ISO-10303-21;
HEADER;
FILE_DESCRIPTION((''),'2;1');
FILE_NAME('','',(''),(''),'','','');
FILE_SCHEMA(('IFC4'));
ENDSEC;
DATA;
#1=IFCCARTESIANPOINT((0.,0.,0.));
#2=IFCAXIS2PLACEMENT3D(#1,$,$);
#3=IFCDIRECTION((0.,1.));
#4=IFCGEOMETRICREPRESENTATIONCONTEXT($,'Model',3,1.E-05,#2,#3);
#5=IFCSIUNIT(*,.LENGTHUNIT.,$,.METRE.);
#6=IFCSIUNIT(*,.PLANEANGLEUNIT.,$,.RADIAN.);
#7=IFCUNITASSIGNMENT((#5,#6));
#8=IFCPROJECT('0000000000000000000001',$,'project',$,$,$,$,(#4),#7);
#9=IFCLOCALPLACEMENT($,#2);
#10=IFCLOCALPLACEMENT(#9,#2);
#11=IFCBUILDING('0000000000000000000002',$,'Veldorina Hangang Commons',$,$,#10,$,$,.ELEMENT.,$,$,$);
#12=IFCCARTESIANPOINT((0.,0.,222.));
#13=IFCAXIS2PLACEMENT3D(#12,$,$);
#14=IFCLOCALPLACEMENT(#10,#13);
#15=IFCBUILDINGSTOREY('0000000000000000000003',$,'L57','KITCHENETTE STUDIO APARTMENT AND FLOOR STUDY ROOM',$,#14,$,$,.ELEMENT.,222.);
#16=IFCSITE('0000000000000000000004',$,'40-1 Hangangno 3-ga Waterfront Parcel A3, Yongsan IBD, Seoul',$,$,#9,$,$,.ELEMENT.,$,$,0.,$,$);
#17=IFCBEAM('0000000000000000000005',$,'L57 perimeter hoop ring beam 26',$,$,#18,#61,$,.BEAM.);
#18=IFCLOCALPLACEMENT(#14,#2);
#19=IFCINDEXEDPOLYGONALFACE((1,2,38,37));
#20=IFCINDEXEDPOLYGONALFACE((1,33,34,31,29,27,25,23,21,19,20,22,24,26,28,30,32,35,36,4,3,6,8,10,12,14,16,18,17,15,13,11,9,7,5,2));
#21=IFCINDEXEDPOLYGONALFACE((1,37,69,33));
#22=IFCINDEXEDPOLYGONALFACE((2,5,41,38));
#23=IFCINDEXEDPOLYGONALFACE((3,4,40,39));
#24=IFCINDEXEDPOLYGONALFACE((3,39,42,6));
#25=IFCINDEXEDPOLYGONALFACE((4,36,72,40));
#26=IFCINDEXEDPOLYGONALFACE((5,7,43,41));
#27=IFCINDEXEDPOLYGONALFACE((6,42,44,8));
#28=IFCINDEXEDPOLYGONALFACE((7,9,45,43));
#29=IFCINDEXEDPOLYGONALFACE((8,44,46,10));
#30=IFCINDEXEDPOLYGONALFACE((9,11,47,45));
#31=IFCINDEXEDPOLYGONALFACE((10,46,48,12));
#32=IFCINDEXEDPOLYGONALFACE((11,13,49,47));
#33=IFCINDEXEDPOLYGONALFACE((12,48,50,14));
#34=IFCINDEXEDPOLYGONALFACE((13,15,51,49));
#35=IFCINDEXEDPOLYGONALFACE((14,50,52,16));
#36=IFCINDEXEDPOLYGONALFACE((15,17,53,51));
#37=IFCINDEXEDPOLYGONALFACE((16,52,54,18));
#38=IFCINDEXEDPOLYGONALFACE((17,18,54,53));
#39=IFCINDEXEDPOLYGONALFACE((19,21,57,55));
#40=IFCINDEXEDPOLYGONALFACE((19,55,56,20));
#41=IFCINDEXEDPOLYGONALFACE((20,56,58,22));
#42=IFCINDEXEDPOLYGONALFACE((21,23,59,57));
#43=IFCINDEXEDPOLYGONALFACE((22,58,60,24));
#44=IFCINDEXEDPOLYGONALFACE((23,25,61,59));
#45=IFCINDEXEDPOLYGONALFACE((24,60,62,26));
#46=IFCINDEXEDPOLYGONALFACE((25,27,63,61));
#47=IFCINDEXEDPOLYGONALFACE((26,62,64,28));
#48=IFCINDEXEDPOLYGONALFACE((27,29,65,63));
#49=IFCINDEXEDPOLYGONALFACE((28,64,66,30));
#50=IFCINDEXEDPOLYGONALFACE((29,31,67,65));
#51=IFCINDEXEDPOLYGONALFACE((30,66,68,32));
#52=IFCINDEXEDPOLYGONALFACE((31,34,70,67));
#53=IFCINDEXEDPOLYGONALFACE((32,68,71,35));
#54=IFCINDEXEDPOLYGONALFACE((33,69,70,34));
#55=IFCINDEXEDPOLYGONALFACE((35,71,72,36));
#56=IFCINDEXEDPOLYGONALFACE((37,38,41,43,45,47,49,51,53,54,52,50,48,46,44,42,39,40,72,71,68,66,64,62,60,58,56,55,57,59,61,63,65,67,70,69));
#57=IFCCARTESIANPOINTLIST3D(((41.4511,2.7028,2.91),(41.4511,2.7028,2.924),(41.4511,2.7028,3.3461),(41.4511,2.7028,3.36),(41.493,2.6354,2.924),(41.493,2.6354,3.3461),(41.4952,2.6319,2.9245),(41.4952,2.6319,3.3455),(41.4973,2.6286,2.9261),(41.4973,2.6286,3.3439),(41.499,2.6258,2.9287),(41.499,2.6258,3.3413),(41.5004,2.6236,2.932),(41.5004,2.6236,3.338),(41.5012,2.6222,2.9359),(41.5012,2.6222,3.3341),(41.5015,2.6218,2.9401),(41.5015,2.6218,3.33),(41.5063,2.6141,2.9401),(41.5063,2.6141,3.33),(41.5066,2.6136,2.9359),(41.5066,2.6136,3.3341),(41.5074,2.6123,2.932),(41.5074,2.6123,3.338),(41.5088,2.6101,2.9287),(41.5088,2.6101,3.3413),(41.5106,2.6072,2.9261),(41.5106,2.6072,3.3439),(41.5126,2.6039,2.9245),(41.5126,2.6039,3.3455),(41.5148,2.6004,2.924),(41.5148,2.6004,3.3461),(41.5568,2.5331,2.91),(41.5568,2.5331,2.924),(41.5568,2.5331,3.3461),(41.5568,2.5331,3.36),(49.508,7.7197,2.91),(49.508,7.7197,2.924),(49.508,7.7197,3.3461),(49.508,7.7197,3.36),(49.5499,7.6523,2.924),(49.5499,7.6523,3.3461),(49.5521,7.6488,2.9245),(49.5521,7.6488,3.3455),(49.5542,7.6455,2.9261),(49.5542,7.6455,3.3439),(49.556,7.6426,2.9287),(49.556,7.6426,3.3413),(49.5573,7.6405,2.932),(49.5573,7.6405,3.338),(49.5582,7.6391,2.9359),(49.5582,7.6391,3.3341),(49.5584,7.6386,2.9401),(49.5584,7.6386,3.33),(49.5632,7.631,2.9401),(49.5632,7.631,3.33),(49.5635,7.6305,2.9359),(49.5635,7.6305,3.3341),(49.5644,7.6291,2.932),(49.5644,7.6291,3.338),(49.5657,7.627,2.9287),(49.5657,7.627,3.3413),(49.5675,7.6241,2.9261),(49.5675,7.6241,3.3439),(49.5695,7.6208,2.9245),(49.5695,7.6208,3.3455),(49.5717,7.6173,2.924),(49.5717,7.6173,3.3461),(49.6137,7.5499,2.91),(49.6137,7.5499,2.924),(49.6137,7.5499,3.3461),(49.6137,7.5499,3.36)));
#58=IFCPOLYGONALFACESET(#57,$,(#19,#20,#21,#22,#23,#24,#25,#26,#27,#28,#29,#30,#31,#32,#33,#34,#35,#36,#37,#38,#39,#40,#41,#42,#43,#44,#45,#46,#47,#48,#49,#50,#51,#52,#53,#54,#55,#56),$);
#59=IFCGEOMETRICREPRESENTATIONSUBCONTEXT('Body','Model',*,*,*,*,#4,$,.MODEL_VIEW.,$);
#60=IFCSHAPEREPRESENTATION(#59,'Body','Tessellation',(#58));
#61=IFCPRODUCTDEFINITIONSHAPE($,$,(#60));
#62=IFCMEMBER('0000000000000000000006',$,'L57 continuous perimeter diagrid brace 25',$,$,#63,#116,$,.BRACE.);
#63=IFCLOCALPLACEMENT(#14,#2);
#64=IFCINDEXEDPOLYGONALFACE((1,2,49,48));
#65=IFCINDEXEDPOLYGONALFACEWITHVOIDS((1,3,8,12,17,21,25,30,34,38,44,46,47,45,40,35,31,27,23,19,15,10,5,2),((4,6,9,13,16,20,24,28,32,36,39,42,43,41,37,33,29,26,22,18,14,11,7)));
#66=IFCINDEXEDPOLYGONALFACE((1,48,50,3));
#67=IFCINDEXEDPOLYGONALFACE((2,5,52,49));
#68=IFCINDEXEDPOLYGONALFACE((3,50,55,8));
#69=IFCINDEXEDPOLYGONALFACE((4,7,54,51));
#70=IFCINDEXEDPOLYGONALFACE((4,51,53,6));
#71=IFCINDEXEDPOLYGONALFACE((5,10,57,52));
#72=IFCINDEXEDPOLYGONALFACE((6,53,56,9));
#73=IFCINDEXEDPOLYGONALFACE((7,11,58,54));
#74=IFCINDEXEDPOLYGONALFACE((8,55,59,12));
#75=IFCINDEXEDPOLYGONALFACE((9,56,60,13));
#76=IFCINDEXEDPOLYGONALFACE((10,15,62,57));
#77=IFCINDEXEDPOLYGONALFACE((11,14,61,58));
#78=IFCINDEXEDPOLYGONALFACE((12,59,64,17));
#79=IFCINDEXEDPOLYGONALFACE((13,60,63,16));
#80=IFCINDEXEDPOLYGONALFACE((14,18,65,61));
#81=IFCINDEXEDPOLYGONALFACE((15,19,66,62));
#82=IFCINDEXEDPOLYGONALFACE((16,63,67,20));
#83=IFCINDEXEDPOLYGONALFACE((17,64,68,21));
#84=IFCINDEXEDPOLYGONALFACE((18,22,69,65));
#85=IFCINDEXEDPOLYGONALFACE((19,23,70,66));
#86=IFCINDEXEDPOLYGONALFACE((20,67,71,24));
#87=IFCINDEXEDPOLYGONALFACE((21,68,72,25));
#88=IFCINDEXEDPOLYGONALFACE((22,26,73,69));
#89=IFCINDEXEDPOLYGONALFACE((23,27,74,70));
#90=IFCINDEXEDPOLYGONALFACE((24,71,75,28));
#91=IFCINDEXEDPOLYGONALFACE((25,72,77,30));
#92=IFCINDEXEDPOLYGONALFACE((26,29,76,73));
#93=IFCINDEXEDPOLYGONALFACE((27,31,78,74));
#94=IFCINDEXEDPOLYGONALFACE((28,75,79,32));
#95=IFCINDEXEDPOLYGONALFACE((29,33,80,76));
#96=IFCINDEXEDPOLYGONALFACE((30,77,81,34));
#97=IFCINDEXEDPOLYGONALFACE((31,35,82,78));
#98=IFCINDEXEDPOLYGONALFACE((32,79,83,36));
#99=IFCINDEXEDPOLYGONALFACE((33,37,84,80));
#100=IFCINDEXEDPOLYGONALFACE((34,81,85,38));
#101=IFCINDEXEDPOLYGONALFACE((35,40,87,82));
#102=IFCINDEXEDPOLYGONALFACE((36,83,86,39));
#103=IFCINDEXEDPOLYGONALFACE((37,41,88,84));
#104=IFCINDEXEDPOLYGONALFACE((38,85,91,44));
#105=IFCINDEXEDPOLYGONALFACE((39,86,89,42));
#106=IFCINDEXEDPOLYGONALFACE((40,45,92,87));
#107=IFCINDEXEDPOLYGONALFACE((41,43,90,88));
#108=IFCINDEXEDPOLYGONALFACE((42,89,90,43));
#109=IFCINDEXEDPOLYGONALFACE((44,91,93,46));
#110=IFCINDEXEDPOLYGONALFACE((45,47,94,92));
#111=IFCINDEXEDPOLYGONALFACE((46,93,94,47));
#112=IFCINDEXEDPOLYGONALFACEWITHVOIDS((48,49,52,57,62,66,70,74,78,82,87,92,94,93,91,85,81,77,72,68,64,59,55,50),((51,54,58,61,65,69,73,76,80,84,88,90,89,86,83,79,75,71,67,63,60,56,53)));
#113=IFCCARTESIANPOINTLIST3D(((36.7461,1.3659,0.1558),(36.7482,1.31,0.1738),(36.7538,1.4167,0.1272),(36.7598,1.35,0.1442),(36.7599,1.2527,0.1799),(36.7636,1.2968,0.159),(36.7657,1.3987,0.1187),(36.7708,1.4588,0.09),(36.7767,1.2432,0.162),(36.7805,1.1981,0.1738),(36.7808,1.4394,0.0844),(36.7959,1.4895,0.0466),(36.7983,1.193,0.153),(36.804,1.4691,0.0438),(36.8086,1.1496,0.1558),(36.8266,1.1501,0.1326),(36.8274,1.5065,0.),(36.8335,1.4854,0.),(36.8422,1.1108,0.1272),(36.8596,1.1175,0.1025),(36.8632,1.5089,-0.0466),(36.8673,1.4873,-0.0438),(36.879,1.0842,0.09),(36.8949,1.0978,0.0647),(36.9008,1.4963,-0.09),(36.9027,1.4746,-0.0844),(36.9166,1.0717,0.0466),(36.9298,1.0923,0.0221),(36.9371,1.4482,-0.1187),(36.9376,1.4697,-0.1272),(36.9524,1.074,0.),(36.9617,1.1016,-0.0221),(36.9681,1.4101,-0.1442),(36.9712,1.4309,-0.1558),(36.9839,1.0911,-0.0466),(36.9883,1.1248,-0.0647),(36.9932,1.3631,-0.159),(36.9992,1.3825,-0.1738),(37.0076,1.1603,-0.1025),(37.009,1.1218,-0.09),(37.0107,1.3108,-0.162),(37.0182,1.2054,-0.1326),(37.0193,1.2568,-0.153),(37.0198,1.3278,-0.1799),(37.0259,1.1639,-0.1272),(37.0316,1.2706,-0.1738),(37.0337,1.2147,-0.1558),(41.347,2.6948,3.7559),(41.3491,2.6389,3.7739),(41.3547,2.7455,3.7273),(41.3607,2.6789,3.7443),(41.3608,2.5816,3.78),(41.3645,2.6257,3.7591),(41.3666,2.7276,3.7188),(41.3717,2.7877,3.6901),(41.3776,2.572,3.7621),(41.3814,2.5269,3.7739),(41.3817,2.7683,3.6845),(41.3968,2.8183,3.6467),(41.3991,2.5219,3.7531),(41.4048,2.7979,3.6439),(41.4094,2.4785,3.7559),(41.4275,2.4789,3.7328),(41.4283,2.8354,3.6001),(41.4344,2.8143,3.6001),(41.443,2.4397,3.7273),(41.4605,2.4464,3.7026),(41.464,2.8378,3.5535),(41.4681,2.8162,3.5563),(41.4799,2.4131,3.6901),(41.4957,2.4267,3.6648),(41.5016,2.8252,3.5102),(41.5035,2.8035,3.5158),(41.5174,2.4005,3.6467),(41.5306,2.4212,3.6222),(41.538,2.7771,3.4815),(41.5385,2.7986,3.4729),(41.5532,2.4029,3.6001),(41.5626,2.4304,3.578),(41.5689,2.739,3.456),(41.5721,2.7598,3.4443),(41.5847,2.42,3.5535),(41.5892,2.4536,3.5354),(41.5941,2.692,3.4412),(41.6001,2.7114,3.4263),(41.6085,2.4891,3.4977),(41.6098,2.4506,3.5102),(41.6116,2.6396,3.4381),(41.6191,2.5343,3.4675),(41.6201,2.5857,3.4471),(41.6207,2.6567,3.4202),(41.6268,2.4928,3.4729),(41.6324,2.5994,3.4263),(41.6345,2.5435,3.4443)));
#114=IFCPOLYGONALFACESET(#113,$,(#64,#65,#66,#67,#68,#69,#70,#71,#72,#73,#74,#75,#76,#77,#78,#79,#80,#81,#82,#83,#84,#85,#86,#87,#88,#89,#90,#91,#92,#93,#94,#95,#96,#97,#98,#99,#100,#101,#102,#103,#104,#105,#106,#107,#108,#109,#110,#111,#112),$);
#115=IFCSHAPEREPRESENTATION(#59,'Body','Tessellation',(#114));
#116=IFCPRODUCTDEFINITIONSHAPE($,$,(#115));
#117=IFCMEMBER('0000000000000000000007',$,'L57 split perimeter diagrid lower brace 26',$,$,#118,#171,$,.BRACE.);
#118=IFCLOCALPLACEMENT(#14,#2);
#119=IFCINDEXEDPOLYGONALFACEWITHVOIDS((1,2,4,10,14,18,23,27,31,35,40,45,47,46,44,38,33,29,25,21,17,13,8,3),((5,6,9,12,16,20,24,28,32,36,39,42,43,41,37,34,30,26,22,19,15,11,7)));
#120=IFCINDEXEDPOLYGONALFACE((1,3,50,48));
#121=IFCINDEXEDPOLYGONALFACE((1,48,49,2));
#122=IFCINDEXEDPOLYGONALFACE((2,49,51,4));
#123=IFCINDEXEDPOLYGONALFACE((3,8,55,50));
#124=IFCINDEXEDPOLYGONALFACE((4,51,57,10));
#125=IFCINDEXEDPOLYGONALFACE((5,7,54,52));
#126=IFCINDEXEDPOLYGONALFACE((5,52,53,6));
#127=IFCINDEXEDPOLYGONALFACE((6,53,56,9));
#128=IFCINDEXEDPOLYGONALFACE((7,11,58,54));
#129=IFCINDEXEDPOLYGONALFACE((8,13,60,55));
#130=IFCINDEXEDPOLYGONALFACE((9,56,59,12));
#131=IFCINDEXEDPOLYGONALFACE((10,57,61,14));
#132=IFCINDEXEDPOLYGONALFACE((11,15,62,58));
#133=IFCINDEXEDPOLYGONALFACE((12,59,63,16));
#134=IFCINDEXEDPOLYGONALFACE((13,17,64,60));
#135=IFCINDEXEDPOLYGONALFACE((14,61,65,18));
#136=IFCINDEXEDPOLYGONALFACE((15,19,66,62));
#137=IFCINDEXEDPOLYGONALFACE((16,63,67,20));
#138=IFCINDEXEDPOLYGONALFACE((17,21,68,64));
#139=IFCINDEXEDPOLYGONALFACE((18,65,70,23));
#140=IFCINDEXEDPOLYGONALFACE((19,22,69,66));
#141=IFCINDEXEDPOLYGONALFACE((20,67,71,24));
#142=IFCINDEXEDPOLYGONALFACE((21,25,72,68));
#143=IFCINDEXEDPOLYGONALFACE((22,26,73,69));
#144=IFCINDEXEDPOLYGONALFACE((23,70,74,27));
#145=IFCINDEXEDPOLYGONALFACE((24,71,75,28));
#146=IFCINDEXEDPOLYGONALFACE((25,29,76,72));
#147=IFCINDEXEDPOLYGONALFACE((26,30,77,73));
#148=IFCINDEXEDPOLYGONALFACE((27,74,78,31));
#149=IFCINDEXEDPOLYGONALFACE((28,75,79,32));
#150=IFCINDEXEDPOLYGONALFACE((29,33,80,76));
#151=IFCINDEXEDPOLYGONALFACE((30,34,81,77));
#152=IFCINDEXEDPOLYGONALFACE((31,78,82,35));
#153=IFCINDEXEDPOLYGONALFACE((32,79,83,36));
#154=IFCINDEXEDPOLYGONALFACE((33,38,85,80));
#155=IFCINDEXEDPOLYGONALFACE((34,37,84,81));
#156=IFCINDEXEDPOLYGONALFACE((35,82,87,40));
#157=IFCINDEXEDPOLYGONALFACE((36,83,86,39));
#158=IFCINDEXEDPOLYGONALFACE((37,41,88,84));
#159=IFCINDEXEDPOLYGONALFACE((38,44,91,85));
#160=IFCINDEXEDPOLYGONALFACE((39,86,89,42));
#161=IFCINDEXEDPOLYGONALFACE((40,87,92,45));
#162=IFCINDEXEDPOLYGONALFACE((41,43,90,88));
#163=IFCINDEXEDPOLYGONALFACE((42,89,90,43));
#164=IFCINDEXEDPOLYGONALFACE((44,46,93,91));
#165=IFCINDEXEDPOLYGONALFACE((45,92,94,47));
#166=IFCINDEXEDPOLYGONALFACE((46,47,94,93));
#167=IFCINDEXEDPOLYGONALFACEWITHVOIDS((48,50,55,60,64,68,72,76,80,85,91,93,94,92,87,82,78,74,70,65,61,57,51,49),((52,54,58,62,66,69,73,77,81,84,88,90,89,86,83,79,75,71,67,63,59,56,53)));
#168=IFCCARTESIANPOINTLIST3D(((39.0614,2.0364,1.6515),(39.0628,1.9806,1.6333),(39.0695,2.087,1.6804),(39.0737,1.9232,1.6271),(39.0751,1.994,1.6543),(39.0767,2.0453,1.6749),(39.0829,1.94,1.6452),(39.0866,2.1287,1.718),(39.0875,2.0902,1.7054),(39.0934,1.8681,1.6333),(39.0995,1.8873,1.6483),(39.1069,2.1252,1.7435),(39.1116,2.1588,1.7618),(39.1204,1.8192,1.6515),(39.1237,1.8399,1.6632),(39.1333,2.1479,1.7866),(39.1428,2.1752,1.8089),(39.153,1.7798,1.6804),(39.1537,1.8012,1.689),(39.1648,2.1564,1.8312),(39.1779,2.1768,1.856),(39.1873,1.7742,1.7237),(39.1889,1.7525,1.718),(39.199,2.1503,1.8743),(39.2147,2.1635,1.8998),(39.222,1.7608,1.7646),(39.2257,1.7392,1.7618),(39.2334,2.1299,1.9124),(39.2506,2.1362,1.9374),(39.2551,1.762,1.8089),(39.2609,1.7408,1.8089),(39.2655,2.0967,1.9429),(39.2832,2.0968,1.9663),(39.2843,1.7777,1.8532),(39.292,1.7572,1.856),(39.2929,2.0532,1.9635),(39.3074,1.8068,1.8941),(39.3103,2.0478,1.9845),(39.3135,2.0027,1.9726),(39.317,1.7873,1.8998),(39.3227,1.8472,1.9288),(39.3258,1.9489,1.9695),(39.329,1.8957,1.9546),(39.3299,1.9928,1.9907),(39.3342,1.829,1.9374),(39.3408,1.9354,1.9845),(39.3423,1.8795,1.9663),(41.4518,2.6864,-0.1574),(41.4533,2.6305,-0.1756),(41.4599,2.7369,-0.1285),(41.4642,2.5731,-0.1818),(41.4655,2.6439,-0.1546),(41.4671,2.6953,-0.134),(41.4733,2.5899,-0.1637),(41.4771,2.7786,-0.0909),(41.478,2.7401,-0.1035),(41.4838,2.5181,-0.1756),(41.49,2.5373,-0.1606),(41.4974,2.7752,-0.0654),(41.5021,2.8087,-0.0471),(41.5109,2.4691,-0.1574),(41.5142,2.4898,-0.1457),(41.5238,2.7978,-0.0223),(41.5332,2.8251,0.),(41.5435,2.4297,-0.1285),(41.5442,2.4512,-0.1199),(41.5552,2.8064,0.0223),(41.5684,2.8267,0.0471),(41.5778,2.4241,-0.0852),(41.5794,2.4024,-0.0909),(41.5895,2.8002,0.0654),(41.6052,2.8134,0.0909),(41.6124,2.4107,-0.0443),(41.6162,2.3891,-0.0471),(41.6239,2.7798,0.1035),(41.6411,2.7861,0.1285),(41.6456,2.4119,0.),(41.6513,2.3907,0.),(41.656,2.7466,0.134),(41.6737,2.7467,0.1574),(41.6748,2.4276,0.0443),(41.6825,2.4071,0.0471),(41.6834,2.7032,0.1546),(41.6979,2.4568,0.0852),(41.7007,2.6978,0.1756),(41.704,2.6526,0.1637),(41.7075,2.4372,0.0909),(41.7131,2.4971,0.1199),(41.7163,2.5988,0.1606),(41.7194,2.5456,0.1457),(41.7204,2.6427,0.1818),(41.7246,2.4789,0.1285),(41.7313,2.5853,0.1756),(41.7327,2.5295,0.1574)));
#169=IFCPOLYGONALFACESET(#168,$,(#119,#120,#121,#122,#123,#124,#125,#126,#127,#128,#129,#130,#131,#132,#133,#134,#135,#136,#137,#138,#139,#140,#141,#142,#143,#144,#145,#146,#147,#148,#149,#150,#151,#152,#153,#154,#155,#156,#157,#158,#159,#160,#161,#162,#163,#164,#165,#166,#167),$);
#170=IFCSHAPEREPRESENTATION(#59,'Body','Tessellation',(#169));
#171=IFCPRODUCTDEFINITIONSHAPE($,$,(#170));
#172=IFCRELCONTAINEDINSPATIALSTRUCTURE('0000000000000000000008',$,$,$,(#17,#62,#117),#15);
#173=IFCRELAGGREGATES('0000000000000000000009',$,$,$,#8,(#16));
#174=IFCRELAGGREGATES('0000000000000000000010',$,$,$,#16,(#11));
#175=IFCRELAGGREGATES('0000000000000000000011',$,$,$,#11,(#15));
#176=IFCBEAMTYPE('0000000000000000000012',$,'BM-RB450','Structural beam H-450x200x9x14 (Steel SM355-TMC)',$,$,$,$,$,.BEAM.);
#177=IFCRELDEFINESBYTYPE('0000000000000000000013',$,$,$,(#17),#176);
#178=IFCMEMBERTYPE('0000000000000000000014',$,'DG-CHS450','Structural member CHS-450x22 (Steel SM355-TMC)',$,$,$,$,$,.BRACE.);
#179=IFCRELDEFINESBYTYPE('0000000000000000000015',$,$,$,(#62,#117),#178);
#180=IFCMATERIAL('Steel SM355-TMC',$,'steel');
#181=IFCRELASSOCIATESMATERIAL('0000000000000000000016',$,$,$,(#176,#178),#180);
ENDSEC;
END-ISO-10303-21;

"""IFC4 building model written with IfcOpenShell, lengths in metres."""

from ifc_helpers import new_model, si_unit, direction, frame, origin, origin_2d, place, context, subcontext, project, spatial, hollow_circle, i_section, extrude, material, material_profile, profile_set, type_object, element, save


model = new_model("IFC4")

# Units and contexts
model_context = context("Model", 3, precision=1e-05, world=origin(), true_north=direction((0.0, 1.0)))
body_context = subcontext(model_context, "Body", "Model", "MODEL_VIEW")
ifc_project = project(units=[si_unit("LENGTHUNIT", "METRE"), si_unit("PLANEANGLEUNIT", "RADIAN")], contexts=[model_context])

# Site, building, storey
site_placement = place(None, origin())
site = spatial("IfcSite", under=ifc_project, at=site_placement, Name="40-1 Hangangno 3-ga Waterfront Parcel A3, Yongsan IBD, Seoul", CompositionType="ELEMENT", RefElevation=0.0)
building_placement = place(site_placement, origin())
building = spatial("IfcBuilding", under=site, at=building_placement, Name="Veldorina Hangang Commons", CompositionType="ELEMENT")
storey_placement = place(building_placement, frame((0.0, 0.0, 222.0)))
storey = spatial("IfcBuildingStorey", under=building, at=storey_placement, Name="L57", Description="KITCHENETTE STUDIO APARTMENT AND FLOOR STUDY ROOM", CompositionType="ELEMENT", Elevation=222.0)

# Beam
ifc_material_1 = material(Name="Steel SM355-TMC", Category="steel")
ifc_material_profile_1 = material_profile(ifc_material_1, i_section(OverallWidth=0.2, OverallDepth=0.45, WebThickness=0.009, FlangeThickness=0.0139, FilletRadius=0.0161, at=origin_2d()), Name="H-450x200x9x14")
ifc_profile_set_1 = profile_set([ifc_material_profile_1], Name="Steel SM355-TMC")
beam_type = type_object("IfcBeamType", Name="BM-RB450", Description="Structural beam H-450x200x9x14 (Steel SM355-TMC)", PredefinedType="BEAM", material=ifc_profile_set_1)
beam_placement = place(storey_placement, frame((41.5039, 2.6179, 3.135), z_axis=(0.848883, 0.528581, 0.0), x_axis=(-0.528581, 0.848883, 0.0)))
element("IfcBeam", 1, at=beam_placement, inside=storey, type_object=beam_type, Name="L57 perimeter hoop ring beam 26", PredefinedType="BEAM", context=body_context, shape_type="SweptSolid", body=[
    extrude(i_section(OverallWidth=0.2, OverallDepth=0.45, WebThickness=0.009, FlangeThickness=0.0139, FilletRadius=0.0161, at=origin_2d()), origin(), (0.0, 0.0, 1.0), 9.4912),
])

# Members
ifc_material_profile_2 = material_profile(ifc_material_1, hollow_circle(Radius=0.2251, WallThickness=0.022, at=origin_2d()), Name="CHS-450x22")
ifc_profile_set_2 = profile_set([ifc_material_profile_2], Name="Steel SM355-TMC")
member_type_1 = type_object("IfcMemberType", Name="DG-CHS450", Description="Structural member CHS-450x22 (Steel SM355-TMC)", PredefinedType="BRACE", material=ifc_profile_set_2)
member_1_placement = place(storey_placement, frame((36.8899, 1.2903, 0.0), z_axis=(0.767934, 0.221802, 0.6009), x_axis=(-0.277487, 0.960729, 0.0)))
element("IfcMember", 2, at=member_1_placement, inside=storey, type_object=member_type_1, Name="L57 continuous perimeter diagrid brace 25", PredefinedType="BRACE", context=body_context, shape_type="SweptSolid", body=[
    extrude(hollow_circle(Radius=0.2251, WallThickness=0.022, at=origin_2d()), origin(), (0.0, 0.0, 1.0), 5.9912),
])
member_2_placement = place(storey_placement, frame((41.5923, 2.6079, 0.0), z_axis=(-0.779317, -0.211883, 0.589721), x_axis=(0.262358, -0.96497, 0.0)))
element("IfcMember", 3, at=member_2_placement, inside=storey, type_object=member_type_1, Name="L57 split perimeter diagrid lower brace 26", PredefinedType="BRACE", context=body_context, shape_type="SweptSolid", body=[
    extrude(hollow_circle(Radius=0.2251, WallThickness=0.022, at=origin_2d()), origin(), (0.0, 0.0, 1.0), 3.0674),
])

save(model, "model.ifc")
